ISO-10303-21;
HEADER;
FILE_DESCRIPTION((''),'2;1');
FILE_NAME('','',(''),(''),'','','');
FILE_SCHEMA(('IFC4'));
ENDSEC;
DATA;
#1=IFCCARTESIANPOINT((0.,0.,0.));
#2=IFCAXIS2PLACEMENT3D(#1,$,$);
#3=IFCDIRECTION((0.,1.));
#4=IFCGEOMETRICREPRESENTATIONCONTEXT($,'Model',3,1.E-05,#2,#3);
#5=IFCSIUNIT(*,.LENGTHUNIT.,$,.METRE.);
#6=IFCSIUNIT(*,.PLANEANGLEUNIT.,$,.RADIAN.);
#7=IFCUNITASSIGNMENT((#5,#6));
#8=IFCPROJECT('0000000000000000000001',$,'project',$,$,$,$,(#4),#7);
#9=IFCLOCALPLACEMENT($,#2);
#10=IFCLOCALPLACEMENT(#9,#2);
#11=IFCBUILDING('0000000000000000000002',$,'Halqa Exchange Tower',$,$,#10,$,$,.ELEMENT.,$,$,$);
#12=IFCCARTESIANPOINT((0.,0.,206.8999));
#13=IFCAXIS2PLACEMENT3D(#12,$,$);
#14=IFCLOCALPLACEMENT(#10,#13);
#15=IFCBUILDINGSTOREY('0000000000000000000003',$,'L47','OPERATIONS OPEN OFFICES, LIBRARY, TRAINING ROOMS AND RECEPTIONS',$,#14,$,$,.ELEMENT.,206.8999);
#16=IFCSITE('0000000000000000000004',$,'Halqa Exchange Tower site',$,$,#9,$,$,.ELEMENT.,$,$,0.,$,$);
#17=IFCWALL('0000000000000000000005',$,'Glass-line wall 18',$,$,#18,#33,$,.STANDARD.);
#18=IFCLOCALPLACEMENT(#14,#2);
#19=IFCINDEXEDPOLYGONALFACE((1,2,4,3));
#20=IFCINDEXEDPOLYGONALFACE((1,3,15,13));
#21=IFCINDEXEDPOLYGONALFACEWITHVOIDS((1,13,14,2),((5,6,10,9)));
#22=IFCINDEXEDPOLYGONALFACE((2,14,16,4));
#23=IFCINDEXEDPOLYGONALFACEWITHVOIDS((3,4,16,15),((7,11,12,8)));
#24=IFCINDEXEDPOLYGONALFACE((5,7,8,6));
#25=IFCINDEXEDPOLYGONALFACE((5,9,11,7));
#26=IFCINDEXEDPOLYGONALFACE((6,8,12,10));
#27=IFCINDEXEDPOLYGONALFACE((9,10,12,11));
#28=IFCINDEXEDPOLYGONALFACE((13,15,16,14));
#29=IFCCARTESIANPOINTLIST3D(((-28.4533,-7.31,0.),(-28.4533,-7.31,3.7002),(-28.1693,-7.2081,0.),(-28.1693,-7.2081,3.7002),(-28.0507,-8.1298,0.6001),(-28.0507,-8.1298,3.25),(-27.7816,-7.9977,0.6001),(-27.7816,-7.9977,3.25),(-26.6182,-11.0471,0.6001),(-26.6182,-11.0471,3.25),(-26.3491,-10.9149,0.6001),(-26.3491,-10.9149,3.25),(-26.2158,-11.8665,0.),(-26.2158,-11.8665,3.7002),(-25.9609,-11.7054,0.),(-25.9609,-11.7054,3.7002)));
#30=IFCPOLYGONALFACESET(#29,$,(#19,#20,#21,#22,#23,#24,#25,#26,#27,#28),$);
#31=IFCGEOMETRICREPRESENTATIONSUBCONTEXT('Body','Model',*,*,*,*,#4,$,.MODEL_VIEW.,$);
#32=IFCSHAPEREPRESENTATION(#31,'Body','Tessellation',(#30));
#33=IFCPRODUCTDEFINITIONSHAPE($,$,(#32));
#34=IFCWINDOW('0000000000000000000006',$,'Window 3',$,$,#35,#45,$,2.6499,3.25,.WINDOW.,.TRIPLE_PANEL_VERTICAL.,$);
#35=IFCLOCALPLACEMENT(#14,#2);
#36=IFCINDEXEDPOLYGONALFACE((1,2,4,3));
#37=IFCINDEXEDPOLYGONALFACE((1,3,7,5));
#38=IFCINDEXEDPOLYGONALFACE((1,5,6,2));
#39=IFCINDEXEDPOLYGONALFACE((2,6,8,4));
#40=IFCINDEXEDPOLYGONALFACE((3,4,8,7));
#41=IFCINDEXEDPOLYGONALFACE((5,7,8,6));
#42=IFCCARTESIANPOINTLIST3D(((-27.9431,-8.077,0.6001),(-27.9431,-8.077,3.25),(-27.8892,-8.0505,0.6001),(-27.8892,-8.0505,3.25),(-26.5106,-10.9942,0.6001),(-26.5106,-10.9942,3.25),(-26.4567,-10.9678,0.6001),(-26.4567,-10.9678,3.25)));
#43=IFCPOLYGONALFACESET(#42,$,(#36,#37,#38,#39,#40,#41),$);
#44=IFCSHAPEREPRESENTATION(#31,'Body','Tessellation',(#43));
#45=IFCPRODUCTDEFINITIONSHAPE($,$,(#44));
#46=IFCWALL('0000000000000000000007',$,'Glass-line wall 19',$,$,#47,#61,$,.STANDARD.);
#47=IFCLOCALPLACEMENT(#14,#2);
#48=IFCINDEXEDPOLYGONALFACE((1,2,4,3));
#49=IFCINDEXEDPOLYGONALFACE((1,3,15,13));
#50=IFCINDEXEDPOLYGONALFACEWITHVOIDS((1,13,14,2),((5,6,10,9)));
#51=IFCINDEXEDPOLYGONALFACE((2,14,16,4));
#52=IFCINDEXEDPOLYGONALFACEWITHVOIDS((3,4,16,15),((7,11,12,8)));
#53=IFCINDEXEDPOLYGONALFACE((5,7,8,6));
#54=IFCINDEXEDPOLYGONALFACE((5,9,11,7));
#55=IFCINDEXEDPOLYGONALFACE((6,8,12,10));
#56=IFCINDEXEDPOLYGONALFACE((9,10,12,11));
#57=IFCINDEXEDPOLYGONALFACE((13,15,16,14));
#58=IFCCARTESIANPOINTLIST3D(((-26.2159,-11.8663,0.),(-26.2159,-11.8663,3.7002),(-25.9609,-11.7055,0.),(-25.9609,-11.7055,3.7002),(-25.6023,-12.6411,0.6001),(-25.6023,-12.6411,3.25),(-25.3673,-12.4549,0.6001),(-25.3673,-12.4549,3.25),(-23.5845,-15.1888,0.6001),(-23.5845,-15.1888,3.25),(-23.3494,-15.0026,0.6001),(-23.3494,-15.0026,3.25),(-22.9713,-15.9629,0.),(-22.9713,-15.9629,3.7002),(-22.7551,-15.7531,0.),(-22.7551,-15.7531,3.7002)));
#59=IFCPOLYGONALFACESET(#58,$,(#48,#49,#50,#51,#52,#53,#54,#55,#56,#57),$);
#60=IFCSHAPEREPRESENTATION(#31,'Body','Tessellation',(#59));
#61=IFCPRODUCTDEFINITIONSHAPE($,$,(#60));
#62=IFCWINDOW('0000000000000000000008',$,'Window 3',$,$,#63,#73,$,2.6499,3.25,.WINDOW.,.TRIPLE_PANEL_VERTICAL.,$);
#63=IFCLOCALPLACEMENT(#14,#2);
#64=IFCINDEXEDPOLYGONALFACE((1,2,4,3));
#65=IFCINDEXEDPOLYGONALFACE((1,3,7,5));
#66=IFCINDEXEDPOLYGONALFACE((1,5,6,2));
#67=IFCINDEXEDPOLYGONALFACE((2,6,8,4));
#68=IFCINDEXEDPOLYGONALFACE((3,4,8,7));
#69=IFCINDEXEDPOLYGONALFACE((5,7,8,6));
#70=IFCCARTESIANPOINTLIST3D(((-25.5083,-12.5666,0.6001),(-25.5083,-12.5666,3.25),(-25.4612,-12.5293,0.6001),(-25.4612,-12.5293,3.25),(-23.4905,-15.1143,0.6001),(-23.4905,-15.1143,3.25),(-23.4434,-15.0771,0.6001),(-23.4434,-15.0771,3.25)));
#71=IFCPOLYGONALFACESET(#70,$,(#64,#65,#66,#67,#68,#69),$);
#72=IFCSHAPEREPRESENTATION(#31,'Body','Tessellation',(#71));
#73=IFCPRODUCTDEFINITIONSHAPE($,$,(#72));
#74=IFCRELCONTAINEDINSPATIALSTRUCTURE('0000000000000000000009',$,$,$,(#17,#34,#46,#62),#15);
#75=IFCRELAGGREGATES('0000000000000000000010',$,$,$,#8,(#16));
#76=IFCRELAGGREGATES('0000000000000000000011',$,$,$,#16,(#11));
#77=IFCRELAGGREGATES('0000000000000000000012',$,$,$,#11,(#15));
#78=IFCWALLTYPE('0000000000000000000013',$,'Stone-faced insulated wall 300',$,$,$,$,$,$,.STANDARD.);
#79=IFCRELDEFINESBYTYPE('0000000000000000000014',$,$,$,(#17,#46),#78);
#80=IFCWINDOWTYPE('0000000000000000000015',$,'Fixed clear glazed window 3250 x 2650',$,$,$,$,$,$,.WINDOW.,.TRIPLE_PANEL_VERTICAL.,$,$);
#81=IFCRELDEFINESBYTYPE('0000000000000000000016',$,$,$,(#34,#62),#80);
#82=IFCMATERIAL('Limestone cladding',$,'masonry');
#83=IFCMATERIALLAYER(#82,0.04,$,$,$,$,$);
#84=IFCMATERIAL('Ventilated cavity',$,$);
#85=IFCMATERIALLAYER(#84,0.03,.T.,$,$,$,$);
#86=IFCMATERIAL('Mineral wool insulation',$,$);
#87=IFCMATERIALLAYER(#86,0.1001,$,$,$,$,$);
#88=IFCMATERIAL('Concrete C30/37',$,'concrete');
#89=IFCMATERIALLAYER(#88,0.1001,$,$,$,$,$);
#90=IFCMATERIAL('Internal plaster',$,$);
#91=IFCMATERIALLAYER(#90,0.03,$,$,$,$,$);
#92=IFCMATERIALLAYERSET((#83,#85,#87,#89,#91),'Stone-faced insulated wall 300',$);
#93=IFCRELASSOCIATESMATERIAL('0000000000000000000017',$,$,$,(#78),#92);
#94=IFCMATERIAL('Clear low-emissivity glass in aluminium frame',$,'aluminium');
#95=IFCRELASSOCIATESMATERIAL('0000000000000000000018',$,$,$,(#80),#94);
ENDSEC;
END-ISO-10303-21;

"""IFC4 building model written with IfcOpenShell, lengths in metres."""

from ifc_helpers import new_model, si_unit, direction, frame, frame_2d, origin, place, context, subcontext, project, spatial, polyline, rectangle, outline, extrude, material, layer, layer_set, type_object, element, fill, save


model = new_model("IFC4")

# Units and contexts
model_context = context("Model", 3, precision=1e-05, world=origin(), true_north=direction((0.0, 1.0)))
body_context = subcontext(model_context, "Body", "Model", "MODEL_VIEW")
ifc_project = project(units=[si_unit("LENGTHUNIT", "METRE"), si_unit("PLANEANGLEUNIT", "RADIAN")], contexts=[model_context])

# Site, building, storey
site_placement = place(None, origin())
site = spatial("IfcSite", under=ifc_project, at=site_placement, Name="Halqa Exchange Tower site", CompositionType="ELEMENT", RefElevation=0.0)
building_placement = place(site_placement, origin())
building = spatial("IfcBuilding", under=site, at=building_placement, Name="Halqa Exchange Tower", CompositionType="ELEMENT")
storey_placement = place(building_placement, frame((0.0, 0.0, 206.8999)))
storey = spatial("IfcBuildingStorey", under=building, at=storey_placement, Name="L47", Description="OPERATIONS OPEN OFFICES, LIBRARY, TRAINING ROOMS AND RECEPTIONS", CompositionType="ELEMENT", Elevation=206.8999)

# Walls, openings, windows
ifc_material_1 = material(Name="Limestone cladding", Category="masonry")
ifc_layer_1 = layer(ifc_material_1, 0.04)
ifc_material_2 = material(Name="Ventilated cavity")
ifc_layer_2 = layer(ifc_material_2, 0.03, ventilated=True)
ifc_material_3 = material(Name="Mineral wool insulation")
ifc_layer_3 = layer(ifc_material_3, 0.1001)
ifc_material_4 = material(Name="Concrete C30/37", Category="concrete")
ifc_layer_4 = layer(ifc_material_4, 0.1001)
ifc_material_5 = material(Name="Internal plaster")
ifc_layer_5 = layer(ifc_material_5, 0.03)
ifc_layer_set_1 = layer_set([ifc_layer_1, ifc_layer_2, ifc_layer_3, ifc_layer_4, ifc_layer_5], Name="Stone-faced insulated wall 300")
wall_type_1 = type_object("IfcWallType", Name="Stone-faced insulated wall 300", PredefinedType="STANDARD", material=ifc_layer_set_1)
ifc_material_6 = material(Name="Clear low-emissivity glass in aluminium frame", Category="aluminium")
window_type = type_object("IfcWindowType", Name="Fixed clear glazed window 3250 x 2650", PartitioningType="TRIPLE_PANEL_VERTICAL", PredefinedType="WINDOW", material=ifc_material_6)
wall_1_placement = place(storey_placement, frame((-28.3113, -7.259, 0.0), z_axis=(0.0, 0.0, 1.0), x_axis=(0.440773, -0.897619, 0.0)))
wall_1 = element("IfcWall", 1, at=wall_1_placement, inside=storey, type_object=wall_type_1, Name="Glass-line wall 18", PredefinedType="STANDARD", context=body_context, shape_type="SweptSolid", body=[
    extrude(outline(polyline([(-0.0168, -0.1499), (5.0593, -0.1499), (5.0271, 0.1499), (0.0168, 0.1499), (-0.0168, -0.1499)])), origin(), (0.0, 0.0, 1.0), 3.7002),
])
opening_1_placement = place(wall_1_placement, frame((0.8965, 0.0, 0.6001)))
opening_1 = element("IfcOpeningElement", 2, at=opening_1_placement, cuts=wall_1, PredefinedType="OPENING", context=body_context, shape_type="SweptSolid", body=[
    extrude(rectangle(XDim=3.25, YDim=2.6499, at=frame_2d((1.625, 1.325))), frame((0.0, 0.1621, 0.0), z_axis=(0.0, -1.0, 0.0), x_axis=(1.0, 0.0, 0.0)), (0.0, 0.0, 1.0), 0.324),
])
window_1_placement = place(opening_1_placement, origin())
window_1 = element("IfcWindow", 3, at=window_1_placement, inside=storey, type_object=window_type, Name="Window 3", OverallHeight=2.6499, OverallWidth=3.25, PartitioningType="TRIPLE_PANEL_VERTICAL", PredefinedType="WINDOW", context=body_context, shape_type="SweptSolid", body=[
    extrude(rectangle(XDim=3.25, YDim=2.6499, at=frame_2d((1.625, 1.325))), frame((0.0, 0.03, 0.0), z_axis=(0.0, -1.0, 0.0), x_axis=(1.0, 0.0, 0.0)), (0.0, 0.0, 1.0), 0.0601),
])
fill(opening_1, window_1)
wall_2_placement = place(storey_placement, frame((-26.0884, -11.7859, 0.0), z_axis=(0.0, 0.0, 1.0), x_axis=(0.62087, -0.783913, 0.0)))
wall_2 = element("IfcWall", 4, at=wall_2_placement, inside=storey, type_object=wall_type_1, Name="Glass-line wall 19", PredefinedType="STANDARD", context=body_context, shape_type="SweptSolid", body=[
    extrude(outline(polyline([(-0.0161, -0.1499), (5.2097, -0.1499), (5.1794, 0.1499), (0.0161, 0.1499), (-0.0161, -0.1499)])), origin(), (0.0, 0.0, 1.0), 3.7002),
])
opening_2_placement = place(wall_2_placement, frame((0.9722, 0.0, 0.6001)))
opening_2 = element("IfcOpeningElement", 5, at=opening_2_placement, cuts=wall_2, PredefinedType="OPENING", context=body_context, shape_type="SweptSolid", body=[
    extrude(rectangle(XDim=3.25, YDim=2.6499, at=frame_2d((1.625, 1.325))), frame((0.0, 0.1621, 0.0), z_axis=(0.0, -1.0, 0.0), x_axis=(1.0, 0.0, 0.0)), (0.0, 0.0, 1.0), 0.324),
])
window_2_placement = place(opening_2_placement, origin())
window_2 = element("IfcWindow", 6, at=window_2_placement, inside=storey, type_object=window_type, Name="Window 3", OverallHeight=2.6499, OverallWidth=3.25, PartitioningType="TRIPLE_PANEL_VERTICAL", PredefinedType="WINDOW", context=body_context, shape_type="SweptSolid", body=[
    extrude(rectangle(XDim=3.25, YDim=2.6499, at=frame_2d((1.625, 1.325))), frame((0.0, 0.03, 0.0), z_axis=(0.0, -1.0, 0.0), x_axis=(1.0, 0.0, 0.0)), (0.0, 0.0, 1.0), 0.0601),
])
fill(opening_2, window_2)

save(model, "model.ifc")
